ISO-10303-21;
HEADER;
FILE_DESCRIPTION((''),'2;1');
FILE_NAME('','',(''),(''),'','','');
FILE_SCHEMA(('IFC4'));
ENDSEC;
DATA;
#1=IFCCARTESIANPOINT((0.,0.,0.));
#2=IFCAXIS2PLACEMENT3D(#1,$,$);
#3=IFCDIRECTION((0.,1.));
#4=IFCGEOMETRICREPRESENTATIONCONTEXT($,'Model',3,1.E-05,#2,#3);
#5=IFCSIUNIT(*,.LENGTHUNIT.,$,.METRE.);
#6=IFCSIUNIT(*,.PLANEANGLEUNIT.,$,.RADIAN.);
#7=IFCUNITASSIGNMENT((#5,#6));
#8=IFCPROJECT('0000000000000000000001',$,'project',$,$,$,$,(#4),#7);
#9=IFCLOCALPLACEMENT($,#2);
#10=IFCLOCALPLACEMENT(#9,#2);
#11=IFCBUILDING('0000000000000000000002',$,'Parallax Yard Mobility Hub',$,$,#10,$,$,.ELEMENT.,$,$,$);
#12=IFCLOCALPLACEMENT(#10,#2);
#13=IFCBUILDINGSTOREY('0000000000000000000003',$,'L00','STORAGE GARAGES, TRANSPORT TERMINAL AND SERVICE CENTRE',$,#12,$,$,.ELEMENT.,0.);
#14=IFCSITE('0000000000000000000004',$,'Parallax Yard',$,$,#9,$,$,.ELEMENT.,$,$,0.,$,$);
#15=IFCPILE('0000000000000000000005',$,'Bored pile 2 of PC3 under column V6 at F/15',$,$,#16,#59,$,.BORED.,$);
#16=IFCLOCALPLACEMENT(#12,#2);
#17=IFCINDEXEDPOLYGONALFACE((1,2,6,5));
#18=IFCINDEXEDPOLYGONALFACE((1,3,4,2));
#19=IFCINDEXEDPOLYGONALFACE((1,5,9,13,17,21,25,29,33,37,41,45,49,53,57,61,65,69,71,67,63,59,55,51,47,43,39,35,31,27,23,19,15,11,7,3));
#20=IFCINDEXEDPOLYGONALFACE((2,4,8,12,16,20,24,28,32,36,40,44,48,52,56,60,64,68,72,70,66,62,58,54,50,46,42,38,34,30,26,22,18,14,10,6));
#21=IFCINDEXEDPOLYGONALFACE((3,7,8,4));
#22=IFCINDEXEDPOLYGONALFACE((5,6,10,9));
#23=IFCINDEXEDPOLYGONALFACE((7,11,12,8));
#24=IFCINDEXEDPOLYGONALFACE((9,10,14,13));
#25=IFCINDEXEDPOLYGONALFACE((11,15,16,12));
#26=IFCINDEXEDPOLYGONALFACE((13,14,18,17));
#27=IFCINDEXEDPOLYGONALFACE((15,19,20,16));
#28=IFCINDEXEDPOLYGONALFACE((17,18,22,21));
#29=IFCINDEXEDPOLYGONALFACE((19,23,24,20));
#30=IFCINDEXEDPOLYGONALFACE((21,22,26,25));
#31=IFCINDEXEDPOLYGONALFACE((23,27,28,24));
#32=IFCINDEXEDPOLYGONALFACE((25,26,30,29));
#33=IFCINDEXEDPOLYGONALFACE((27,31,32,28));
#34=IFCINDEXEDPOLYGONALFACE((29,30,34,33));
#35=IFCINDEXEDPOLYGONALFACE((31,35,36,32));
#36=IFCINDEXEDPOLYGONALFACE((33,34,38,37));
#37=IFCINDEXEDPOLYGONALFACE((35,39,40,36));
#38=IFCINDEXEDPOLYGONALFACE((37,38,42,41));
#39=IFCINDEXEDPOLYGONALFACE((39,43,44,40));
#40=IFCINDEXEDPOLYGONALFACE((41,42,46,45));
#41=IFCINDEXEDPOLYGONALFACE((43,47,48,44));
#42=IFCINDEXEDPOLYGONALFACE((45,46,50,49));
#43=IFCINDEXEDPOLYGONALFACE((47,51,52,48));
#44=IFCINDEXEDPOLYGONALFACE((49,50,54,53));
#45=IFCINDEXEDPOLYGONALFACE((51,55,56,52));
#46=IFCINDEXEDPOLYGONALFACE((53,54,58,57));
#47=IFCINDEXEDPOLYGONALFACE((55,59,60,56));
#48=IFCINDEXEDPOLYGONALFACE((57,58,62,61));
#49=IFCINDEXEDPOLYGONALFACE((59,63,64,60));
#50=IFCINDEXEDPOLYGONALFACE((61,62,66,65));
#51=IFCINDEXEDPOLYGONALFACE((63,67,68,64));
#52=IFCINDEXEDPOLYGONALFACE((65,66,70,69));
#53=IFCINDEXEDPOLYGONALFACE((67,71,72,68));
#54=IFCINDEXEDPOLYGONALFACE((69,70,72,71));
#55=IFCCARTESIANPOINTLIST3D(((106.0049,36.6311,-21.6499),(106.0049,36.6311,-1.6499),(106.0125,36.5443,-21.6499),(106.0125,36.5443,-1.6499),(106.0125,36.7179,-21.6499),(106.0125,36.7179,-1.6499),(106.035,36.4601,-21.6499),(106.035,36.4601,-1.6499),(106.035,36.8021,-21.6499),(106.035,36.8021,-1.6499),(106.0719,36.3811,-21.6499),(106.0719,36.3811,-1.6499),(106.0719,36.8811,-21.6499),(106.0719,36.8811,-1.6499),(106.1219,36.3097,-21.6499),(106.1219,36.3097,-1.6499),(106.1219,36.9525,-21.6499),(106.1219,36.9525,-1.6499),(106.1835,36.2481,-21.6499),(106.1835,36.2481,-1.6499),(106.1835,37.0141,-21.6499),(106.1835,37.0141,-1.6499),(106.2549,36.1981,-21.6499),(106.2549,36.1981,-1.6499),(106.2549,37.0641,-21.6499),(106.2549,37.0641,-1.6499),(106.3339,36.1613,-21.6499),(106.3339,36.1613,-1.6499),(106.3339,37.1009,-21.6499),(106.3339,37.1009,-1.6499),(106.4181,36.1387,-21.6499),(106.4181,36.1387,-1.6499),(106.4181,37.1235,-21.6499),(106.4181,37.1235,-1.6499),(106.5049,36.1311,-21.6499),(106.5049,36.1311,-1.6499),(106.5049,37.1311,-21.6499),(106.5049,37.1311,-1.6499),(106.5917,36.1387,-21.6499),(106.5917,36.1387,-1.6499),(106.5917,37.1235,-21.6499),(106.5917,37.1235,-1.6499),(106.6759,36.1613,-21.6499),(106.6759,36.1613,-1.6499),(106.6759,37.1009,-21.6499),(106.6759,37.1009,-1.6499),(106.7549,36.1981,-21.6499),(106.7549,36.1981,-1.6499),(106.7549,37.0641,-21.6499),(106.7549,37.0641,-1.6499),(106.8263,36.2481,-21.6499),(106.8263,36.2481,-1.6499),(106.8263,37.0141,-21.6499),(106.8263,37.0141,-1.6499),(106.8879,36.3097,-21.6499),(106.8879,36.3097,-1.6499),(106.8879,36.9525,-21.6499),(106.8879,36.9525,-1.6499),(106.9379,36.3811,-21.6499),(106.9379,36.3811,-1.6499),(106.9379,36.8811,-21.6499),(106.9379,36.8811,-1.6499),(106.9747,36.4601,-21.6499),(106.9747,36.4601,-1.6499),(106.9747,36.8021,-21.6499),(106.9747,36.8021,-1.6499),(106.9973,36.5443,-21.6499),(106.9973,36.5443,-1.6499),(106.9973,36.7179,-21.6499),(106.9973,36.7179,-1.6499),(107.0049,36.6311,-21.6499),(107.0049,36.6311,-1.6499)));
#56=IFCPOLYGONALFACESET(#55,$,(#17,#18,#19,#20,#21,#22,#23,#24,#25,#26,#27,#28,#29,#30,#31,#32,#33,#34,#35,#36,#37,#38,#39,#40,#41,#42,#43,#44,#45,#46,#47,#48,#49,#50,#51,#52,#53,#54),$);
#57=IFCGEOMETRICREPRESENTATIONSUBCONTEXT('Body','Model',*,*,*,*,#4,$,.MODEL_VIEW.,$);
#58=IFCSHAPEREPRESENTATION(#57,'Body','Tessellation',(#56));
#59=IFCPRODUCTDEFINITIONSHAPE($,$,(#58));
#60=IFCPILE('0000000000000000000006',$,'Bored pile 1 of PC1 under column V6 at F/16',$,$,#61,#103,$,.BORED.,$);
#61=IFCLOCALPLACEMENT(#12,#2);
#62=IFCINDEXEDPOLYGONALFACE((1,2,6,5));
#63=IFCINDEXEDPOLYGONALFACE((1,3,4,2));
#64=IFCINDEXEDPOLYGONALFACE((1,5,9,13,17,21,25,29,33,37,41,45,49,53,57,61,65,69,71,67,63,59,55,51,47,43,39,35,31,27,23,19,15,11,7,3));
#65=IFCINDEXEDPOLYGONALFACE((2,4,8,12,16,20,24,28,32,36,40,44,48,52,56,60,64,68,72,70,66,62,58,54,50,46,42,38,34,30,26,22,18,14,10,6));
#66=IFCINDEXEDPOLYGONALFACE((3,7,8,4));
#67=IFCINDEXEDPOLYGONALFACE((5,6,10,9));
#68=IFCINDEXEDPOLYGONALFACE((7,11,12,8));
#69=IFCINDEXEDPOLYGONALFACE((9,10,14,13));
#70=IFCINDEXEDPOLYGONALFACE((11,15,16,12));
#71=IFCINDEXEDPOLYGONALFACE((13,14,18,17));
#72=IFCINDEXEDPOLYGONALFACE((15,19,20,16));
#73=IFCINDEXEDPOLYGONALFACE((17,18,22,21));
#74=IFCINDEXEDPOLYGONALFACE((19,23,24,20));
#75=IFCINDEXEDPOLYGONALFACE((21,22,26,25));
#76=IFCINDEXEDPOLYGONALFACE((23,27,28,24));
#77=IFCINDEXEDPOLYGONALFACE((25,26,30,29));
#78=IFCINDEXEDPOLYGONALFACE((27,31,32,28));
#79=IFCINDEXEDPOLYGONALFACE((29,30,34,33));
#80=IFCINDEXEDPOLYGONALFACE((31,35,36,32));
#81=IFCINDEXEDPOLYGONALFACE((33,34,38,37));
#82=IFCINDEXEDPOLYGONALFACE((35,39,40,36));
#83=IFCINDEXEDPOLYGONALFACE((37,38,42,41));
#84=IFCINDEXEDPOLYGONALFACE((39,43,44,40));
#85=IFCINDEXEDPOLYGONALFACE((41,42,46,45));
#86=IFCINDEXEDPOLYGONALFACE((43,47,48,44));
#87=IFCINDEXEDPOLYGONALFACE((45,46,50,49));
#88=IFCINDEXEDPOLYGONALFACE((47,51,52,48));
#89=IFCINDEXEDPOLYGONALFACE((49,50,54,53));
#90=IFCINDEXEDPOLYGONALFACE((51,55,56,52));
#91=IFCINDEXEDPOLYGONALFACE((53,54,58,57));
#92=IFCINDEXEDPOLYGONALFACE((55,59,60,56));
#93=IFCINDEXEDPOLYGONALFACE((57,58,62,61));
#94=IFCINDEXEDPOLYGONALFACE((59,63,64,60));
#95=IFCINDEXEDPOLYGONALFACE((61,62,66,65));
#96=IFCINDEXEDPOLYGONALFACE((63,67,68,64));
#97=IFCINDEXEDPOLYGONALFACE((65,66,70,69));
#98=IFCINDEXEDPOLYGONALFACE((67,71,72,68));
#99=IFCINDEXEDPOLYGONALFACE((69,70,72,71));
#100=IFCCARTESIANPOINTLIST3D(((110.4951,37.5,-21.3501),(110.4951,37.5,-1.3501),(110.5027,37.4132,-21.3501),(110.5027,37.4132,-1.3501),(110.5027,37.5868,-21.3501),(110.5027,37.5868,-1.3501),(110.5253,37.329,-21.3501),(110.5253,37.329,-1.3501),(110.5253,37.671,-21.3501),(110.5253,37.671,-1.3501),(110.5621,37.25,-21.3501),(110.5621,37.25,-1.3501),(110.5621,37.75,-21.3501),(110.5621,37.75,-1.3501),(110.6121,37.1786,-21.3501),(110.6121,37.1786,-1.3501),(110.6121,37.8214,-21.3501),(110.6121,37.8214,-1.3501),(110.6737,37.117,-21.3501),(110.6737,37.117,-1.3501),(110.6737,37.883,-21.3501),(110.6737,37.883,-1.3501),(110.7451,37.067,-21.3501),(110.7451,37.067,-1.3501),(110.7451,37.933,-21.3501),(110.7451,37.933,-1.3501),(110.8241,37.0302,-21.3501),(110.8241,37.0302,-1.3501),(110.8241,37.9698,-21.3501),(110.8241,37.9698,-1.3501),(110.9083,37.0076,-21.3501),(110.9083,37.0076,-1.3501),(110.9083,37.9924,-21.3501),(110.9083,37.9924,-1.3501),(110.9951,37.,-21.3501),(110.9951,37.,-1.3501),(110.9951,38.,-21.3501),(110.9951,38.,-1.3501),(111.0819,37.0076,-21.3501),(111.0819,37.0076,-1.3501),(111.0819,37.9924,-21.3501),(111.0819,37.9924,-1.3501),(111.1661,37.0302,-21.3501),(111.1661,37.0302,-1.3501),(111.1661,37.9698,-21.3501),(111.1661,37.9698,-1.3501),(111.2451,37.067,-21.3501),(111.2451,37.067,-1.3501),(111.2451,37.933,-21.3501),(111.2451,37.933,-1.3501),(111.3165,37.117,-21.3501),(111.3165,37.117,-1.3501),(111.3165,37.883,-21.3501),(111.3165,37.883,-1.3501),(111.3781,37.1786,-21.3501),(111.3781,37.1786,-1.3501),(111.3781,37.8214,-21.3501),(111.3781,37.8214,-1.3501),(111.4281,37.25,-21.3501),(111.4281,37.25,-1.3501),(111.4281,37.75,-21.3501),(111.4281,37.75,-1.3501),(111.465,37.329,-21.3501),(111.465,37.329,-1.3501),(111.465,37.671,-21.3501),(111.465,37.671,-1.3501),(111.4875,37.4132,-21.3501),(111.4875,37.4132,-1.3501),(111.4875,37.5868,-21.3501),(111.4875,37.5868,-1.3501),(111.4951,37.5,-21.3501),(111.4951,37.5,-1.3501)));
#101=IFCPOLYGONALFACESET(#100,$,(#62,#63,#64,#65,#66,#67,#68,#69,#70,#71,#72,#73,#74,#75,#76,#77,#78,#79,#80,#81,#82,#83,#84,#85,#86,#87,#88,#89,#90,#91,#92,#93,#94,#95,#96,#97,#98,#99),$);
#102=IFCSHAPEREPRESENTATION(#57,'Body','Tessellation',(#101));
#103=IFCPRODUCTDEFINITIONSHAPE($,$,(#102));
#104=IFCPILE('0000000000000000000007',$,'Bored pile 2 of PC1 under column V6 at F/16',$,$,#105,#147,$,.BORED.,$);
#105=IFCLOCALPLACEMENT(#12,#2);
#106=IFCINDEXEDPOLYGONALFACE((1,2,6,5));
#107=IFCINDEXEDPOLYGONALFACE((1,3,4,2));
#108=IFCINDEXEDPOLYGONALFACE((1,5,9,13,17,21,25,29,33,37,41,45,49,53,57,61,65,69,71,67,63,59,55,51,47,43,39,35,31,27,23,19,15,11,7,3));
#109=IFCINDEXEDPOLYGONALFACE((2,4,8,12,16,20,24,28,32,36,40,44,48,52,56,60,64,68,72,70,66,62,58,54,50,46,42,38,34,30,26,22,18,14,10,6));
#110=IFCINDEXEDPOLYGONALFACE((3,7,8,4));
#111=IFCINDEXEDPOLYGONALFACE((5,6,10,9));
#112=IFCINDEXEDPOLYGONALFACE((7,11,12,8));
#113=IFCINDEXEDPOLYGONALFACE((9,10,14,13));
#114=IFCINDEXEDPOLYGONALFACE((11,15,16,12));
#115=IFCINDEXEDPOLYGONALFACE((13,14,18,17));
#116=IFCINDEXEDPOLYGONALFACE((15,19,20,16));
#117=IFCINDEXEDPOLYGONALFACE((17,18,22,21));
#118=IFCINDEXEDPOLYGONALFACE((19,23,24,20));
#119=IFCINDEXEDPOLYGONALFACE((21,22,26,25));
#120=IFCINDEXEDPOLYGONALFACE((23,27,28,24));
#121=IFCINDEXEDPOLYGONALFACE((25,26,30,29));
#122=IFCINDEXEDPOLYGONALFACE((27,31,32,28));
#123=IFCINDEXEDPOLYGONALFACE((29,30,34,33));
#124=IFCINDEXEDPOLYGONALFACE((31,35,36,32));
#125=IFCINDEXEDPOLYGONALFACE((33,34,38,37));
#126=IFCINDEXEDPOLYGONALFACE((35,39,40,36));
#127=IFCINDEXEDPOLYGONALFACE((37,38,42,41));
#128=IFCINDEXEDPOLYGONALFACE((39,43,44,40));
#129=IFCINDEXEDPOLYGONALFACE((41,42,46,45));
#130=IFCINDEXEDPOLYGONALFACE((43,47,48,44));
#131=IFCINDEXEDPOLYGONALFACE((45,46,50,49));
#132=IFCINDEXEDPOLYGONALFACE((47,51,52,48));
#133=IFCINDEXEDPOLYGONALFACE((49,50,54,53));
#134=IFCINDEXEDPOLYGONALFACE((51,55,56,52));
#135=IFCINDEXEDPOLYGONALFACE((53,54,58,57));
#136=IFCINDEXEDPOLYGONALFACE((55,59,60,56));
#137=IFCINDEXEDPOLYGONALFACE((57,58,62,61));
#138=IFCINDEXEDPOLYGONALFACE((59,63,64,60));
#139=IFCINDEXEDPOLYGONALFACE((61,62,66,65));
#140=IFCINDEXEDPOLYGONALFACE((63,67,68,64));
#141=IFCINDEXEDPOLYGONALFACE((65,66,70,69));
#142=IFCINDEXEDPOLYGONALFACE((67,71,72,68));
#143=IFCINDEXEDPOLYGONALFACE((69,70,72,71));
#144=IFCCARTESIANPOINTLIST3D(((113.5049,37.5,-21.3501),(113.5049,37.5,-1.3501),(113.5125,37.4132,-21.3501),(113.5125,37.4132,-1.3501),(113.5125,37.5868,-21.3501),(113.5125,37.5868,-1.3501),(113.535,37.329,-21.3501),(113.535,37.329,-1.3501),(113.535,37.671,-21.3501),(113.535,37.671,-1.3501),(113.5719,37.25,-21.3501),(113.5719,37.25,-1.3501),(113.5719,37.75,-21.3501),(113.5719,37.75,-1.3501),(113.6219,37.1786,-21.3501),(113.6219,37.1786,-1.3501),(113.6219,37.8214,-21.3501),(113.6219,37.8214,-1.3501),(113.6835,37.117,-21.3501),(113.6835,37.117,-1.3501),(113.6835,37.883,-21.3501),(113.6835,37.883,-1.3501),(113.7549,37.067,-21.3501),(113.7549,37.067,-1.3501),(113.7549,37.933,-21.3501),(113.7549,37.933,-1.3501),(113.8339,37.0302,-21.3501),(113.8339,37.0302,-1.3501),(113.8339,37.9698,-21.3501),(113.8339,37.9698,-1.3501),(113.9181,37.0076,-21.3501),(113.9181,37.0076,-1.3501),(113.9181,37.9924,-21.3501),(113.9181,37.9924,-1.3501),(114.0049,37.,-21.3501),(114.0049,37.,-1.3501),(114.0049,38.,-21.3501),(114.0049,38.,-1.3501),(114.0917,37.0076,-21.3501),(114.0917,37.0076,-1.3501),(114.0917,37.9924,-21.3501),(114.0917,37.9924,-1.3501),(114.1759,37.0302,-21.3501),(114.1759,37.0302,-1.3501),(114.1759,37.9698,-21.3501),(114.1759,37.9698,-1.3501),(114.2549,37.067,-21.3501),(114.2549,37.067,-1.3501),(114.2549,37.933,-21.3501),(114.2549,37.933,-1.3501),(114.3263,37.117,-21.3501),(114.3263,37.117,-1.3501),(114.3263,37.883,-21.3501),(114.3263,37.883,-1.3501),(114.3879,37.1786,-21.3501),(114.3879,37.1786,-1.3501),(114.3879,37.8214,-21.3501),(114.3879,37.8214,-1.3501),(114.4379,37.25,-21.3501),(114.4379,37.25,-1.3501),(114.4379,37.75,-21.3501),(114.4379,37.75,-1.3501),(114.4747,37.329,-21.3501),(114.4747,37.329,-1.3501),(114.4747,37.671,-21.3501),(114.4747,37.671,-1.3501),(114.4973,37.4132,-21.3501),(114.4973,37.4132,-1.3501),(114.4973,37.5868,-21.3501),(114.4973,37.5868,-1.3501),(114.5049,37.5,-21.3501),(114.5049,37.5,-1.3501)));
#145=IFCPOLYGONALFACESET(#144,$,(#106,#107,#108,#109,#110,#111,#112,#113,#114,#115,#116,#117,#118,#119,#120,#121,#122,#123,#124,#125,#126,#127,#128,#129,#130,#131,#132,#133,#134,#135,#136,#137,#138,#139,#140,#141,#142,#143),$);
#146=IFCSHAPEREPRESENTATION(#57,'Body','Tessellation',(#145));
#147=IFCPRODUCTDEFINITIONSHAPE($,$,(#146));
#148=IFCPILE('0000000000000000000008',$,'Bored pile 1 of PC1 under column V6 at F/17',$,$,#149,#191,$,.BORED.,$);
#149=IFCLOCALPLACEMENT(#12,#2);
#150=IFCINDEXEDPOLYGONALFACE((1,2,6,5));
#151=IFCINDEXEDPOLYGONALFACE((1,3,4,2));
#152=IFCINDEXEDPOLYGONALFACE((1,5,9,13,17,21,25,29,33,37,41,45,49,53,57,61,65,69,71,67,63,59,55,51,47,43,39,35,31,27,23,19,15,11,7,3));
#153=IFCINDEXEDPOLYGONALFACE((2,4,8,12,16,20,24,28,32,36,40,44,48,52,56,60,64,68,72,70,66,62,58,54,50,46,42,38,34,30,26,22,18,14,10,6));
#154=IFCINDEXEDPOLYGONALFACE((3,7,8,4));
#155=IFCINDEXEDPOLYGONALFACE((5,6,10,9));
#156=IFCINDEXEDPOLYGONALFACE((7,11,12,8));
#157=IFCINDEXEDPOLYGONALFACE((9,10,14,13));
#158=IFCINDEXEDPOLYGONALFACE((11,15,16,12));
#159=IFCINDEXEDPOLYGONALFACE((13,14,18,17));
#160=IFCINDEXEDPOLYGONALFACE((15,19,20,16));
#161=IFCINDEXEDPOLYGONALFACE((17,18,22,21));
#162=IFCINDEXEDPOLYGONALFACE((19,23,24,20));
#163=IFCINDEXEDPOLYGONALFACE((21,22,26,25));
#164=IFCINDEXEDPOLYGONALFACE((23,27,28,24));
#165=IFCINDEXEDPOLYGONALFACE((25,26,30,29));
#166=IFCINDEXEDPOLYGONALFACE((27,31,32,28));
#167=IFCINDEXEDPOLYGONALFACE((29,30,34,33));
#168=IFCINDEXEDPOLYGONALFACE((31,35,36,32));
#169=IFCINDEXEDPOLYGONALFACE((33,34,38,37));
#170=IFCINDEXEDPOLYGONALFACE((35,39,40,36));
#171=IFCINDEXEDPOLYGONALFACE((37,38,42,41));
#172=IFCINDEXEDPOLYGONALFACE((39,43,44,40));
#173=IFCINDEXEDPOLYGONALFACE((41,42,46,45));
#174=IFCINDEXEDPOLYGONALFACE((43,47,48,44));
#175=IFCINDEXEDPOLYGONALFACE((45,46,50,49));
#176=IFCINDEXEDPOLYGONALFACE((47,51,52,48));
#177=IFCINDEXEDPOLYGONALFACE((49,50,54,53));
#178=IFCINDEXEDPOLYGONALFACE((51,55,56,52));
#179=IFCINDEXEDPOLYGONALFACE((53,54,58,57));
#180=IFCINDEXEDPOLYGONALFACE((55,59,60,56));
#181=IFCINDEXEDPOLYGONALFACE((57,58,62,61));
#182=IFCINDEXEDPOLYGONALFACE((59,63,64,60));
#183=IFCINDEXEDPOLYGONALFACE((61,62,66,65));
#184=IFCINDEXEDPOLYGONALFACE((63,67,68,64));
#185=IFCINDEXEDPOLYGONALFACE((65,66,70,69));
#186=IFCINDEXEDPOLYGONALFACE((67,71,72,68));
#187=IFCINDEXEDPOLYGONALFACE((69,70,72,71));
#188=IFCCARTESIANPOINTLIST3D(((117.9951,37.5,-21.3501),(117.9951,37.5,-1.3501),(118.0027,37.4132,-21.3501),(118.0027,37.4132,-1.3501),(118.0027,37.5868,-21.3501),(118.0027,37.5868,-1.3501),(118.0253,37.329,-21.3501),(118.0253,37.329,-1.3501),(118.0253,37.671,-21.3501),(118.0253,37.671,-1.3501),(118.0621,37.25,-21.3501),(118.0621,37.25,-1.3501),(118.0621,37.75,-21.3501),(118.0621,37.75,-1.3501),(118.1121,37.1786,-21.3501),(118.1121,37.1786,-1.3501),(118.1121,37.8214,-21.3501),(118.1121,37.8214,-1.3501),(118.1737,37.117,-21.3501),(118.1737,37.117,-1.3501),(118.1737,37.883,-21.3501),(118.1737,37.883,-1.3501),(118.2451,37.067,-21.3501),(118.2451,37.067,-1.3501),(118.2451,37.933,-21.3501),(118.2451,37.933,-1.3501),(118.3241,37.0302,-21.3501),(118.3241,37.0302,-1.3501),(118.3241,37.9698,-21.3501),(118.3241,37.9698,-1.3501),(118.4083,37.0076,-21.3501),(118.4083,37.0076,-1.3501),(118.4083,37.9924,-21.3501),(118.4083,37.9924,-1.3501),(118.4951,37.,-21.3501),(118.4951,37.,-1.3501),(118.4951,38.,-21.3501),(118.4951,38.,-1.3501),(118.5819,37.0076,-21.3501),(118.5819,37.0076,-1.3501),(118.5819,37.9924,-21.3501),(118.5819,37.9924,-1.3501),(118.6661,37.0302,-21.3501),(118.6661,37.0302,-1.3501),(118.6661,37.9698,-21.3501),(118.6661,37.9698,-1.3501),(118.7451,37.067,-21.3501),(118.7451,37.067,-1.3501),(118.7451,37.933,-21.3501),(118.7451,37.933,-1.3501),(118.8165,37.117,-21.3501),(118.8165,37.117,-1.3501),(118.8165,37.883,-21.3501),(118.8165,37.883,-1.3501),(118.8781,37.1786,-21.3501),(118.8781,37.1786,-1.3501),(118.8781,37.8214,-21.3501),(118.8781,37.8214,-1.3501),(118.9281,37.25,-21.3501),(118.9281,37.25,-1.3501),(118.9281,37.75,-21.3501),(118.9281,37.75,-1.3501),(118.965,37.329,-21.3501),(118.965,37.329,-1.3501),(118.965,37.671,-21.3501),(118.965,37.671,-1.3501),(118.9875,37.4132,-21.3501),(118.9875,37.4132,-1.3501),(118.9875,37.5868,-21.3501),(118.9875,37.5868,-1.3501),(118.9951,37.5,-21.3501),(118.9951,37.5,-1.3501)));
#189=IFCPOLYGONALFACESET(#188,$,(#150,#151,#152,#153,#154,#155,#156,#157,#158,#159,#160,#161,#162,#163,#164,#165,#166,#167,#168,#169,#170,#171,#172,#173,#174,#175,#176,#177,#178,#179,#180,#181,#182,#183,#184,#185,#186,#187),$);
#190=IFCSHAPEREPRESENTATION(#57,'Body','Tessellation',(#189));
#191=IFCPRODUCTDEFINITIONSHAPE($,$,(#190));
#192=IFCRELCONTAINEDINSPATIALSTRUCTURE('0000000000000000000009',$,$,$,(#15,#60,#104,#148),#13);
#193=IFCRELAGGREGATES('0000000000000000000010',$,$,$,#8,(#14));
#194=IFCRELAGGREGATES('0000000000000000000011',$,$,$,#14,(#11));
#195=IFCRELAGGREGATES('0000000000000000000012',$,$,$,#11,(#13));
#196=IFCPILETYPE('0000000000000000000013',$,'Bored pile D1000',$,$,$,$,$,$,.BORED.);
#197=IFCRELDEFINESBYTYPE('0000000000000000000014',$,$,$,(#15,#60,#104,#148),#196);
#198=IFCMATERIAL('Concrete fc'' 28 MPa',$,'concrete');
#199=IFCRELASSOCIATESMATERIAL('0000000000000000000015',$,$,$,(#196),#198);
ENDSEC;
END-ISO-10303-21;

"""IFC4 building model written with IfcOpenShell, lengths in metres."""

from ifc_helpers import new_model, si_unit, direction, frame, origin, origin_2d, place, context, subcontext, project, spatial, circle, extrude, material, material_profile, profile_set, type_object, element, save


model = new_model("IFC4")

# Units and contexts
model_context = context("Model", 3, precision=1e-05, world=origin(), true_north=direction((0.0, 1.0)))
body_context = subcontext(model_context, "Body", "Model", "MODEL_VIEW")
ifc_project = project(units=[si_unit("LENGTHUNIT", "METRE"), si_unit("PLANEANGLEUNIT", "RADIAN")], contexts=[model_context])

# Site, building, storey
site_placement = place(None, origin())
site = spatial("IfcSite", under=ifc_project, at=site_placement, Name="Parallax Yard", CompositionType="ELEMENT", RefElevation=0.0)
building_placement = place(site_placement, origin())
building = spatial("IfcBuilding", under=site, at=building_placement, Name="Parallax Yard Mobility Hub", CompositionType="ELEMENT")
storey_placement = place(building_placement, origin())
storey = spatial("IfcBuildingStorey", under=building, at=storey_placement, Name="L00", Description="STORAGE GARAGES, TRANSPORT TERMINAL AND SERVICE CENTRE", CompositionType="ELEMENT", Elevation=0.0)

# Piles
ifc_material_1 = material(Name="Concrete fc' 28 MPa", Category="concrete")
ifc_material_profile_1 = material_profile(ifc_material_1, circle(Radius=0.5, at=origin_2d()), Name="Bored pile D1000")
ifc_profile_set_1 = profile_set([ifc_material_profile_1], Name="Concrete fc' 28 MPa")
pile_type = type_object("IfcPileType", Name="Bored pile D1000", PredefinedType="BORED", material=ifc_profile_set_1)
for number, where, z_axis, x_axis, name in (
    (1, (106.5049, 36.6311, -1.6499), (0.0, 0.0, -1.0), (1.0, 0.0, 0.0), "Bored pile 2 of PC3 under column V6 at F/15"),
    (2, (110.9951, 37.5, -1.3501), (0.0, 0.0, -1.0), (1.0, 0.0, 0.0), "Bored pile 1 of PC1 under column V6 at F/16"),
    (3, (114.0049, 37.5, -1.3501), (0.0, 0.0, -1.0), (1.0, 0.0, 0.0), "Bored pile 2 of PC1 under column V6 at F/16"),
    (4, (118.4951, 37.5, -1.3501), (0.0, 0.0, -1.0), (1.0, 0.0, 0.0), "Bored pile 1 of PC1 under column V6 at F/17"),
):
    element("IfcPile", number, at=place(storey_placement, frame(where, z_axis=z_axis, x_axis=x_axis)), inside=storey, type_object=pile_type, Name=name, PredefinedType="BORED", context=body_context, shape_type="SweptSolid", body=[
        extrude(circle(Radius=0.5, at=origin_2d()), origin(), (0.0, 0.0, 1.0), 20.0),
    ])

save(model, "model.ifc")
